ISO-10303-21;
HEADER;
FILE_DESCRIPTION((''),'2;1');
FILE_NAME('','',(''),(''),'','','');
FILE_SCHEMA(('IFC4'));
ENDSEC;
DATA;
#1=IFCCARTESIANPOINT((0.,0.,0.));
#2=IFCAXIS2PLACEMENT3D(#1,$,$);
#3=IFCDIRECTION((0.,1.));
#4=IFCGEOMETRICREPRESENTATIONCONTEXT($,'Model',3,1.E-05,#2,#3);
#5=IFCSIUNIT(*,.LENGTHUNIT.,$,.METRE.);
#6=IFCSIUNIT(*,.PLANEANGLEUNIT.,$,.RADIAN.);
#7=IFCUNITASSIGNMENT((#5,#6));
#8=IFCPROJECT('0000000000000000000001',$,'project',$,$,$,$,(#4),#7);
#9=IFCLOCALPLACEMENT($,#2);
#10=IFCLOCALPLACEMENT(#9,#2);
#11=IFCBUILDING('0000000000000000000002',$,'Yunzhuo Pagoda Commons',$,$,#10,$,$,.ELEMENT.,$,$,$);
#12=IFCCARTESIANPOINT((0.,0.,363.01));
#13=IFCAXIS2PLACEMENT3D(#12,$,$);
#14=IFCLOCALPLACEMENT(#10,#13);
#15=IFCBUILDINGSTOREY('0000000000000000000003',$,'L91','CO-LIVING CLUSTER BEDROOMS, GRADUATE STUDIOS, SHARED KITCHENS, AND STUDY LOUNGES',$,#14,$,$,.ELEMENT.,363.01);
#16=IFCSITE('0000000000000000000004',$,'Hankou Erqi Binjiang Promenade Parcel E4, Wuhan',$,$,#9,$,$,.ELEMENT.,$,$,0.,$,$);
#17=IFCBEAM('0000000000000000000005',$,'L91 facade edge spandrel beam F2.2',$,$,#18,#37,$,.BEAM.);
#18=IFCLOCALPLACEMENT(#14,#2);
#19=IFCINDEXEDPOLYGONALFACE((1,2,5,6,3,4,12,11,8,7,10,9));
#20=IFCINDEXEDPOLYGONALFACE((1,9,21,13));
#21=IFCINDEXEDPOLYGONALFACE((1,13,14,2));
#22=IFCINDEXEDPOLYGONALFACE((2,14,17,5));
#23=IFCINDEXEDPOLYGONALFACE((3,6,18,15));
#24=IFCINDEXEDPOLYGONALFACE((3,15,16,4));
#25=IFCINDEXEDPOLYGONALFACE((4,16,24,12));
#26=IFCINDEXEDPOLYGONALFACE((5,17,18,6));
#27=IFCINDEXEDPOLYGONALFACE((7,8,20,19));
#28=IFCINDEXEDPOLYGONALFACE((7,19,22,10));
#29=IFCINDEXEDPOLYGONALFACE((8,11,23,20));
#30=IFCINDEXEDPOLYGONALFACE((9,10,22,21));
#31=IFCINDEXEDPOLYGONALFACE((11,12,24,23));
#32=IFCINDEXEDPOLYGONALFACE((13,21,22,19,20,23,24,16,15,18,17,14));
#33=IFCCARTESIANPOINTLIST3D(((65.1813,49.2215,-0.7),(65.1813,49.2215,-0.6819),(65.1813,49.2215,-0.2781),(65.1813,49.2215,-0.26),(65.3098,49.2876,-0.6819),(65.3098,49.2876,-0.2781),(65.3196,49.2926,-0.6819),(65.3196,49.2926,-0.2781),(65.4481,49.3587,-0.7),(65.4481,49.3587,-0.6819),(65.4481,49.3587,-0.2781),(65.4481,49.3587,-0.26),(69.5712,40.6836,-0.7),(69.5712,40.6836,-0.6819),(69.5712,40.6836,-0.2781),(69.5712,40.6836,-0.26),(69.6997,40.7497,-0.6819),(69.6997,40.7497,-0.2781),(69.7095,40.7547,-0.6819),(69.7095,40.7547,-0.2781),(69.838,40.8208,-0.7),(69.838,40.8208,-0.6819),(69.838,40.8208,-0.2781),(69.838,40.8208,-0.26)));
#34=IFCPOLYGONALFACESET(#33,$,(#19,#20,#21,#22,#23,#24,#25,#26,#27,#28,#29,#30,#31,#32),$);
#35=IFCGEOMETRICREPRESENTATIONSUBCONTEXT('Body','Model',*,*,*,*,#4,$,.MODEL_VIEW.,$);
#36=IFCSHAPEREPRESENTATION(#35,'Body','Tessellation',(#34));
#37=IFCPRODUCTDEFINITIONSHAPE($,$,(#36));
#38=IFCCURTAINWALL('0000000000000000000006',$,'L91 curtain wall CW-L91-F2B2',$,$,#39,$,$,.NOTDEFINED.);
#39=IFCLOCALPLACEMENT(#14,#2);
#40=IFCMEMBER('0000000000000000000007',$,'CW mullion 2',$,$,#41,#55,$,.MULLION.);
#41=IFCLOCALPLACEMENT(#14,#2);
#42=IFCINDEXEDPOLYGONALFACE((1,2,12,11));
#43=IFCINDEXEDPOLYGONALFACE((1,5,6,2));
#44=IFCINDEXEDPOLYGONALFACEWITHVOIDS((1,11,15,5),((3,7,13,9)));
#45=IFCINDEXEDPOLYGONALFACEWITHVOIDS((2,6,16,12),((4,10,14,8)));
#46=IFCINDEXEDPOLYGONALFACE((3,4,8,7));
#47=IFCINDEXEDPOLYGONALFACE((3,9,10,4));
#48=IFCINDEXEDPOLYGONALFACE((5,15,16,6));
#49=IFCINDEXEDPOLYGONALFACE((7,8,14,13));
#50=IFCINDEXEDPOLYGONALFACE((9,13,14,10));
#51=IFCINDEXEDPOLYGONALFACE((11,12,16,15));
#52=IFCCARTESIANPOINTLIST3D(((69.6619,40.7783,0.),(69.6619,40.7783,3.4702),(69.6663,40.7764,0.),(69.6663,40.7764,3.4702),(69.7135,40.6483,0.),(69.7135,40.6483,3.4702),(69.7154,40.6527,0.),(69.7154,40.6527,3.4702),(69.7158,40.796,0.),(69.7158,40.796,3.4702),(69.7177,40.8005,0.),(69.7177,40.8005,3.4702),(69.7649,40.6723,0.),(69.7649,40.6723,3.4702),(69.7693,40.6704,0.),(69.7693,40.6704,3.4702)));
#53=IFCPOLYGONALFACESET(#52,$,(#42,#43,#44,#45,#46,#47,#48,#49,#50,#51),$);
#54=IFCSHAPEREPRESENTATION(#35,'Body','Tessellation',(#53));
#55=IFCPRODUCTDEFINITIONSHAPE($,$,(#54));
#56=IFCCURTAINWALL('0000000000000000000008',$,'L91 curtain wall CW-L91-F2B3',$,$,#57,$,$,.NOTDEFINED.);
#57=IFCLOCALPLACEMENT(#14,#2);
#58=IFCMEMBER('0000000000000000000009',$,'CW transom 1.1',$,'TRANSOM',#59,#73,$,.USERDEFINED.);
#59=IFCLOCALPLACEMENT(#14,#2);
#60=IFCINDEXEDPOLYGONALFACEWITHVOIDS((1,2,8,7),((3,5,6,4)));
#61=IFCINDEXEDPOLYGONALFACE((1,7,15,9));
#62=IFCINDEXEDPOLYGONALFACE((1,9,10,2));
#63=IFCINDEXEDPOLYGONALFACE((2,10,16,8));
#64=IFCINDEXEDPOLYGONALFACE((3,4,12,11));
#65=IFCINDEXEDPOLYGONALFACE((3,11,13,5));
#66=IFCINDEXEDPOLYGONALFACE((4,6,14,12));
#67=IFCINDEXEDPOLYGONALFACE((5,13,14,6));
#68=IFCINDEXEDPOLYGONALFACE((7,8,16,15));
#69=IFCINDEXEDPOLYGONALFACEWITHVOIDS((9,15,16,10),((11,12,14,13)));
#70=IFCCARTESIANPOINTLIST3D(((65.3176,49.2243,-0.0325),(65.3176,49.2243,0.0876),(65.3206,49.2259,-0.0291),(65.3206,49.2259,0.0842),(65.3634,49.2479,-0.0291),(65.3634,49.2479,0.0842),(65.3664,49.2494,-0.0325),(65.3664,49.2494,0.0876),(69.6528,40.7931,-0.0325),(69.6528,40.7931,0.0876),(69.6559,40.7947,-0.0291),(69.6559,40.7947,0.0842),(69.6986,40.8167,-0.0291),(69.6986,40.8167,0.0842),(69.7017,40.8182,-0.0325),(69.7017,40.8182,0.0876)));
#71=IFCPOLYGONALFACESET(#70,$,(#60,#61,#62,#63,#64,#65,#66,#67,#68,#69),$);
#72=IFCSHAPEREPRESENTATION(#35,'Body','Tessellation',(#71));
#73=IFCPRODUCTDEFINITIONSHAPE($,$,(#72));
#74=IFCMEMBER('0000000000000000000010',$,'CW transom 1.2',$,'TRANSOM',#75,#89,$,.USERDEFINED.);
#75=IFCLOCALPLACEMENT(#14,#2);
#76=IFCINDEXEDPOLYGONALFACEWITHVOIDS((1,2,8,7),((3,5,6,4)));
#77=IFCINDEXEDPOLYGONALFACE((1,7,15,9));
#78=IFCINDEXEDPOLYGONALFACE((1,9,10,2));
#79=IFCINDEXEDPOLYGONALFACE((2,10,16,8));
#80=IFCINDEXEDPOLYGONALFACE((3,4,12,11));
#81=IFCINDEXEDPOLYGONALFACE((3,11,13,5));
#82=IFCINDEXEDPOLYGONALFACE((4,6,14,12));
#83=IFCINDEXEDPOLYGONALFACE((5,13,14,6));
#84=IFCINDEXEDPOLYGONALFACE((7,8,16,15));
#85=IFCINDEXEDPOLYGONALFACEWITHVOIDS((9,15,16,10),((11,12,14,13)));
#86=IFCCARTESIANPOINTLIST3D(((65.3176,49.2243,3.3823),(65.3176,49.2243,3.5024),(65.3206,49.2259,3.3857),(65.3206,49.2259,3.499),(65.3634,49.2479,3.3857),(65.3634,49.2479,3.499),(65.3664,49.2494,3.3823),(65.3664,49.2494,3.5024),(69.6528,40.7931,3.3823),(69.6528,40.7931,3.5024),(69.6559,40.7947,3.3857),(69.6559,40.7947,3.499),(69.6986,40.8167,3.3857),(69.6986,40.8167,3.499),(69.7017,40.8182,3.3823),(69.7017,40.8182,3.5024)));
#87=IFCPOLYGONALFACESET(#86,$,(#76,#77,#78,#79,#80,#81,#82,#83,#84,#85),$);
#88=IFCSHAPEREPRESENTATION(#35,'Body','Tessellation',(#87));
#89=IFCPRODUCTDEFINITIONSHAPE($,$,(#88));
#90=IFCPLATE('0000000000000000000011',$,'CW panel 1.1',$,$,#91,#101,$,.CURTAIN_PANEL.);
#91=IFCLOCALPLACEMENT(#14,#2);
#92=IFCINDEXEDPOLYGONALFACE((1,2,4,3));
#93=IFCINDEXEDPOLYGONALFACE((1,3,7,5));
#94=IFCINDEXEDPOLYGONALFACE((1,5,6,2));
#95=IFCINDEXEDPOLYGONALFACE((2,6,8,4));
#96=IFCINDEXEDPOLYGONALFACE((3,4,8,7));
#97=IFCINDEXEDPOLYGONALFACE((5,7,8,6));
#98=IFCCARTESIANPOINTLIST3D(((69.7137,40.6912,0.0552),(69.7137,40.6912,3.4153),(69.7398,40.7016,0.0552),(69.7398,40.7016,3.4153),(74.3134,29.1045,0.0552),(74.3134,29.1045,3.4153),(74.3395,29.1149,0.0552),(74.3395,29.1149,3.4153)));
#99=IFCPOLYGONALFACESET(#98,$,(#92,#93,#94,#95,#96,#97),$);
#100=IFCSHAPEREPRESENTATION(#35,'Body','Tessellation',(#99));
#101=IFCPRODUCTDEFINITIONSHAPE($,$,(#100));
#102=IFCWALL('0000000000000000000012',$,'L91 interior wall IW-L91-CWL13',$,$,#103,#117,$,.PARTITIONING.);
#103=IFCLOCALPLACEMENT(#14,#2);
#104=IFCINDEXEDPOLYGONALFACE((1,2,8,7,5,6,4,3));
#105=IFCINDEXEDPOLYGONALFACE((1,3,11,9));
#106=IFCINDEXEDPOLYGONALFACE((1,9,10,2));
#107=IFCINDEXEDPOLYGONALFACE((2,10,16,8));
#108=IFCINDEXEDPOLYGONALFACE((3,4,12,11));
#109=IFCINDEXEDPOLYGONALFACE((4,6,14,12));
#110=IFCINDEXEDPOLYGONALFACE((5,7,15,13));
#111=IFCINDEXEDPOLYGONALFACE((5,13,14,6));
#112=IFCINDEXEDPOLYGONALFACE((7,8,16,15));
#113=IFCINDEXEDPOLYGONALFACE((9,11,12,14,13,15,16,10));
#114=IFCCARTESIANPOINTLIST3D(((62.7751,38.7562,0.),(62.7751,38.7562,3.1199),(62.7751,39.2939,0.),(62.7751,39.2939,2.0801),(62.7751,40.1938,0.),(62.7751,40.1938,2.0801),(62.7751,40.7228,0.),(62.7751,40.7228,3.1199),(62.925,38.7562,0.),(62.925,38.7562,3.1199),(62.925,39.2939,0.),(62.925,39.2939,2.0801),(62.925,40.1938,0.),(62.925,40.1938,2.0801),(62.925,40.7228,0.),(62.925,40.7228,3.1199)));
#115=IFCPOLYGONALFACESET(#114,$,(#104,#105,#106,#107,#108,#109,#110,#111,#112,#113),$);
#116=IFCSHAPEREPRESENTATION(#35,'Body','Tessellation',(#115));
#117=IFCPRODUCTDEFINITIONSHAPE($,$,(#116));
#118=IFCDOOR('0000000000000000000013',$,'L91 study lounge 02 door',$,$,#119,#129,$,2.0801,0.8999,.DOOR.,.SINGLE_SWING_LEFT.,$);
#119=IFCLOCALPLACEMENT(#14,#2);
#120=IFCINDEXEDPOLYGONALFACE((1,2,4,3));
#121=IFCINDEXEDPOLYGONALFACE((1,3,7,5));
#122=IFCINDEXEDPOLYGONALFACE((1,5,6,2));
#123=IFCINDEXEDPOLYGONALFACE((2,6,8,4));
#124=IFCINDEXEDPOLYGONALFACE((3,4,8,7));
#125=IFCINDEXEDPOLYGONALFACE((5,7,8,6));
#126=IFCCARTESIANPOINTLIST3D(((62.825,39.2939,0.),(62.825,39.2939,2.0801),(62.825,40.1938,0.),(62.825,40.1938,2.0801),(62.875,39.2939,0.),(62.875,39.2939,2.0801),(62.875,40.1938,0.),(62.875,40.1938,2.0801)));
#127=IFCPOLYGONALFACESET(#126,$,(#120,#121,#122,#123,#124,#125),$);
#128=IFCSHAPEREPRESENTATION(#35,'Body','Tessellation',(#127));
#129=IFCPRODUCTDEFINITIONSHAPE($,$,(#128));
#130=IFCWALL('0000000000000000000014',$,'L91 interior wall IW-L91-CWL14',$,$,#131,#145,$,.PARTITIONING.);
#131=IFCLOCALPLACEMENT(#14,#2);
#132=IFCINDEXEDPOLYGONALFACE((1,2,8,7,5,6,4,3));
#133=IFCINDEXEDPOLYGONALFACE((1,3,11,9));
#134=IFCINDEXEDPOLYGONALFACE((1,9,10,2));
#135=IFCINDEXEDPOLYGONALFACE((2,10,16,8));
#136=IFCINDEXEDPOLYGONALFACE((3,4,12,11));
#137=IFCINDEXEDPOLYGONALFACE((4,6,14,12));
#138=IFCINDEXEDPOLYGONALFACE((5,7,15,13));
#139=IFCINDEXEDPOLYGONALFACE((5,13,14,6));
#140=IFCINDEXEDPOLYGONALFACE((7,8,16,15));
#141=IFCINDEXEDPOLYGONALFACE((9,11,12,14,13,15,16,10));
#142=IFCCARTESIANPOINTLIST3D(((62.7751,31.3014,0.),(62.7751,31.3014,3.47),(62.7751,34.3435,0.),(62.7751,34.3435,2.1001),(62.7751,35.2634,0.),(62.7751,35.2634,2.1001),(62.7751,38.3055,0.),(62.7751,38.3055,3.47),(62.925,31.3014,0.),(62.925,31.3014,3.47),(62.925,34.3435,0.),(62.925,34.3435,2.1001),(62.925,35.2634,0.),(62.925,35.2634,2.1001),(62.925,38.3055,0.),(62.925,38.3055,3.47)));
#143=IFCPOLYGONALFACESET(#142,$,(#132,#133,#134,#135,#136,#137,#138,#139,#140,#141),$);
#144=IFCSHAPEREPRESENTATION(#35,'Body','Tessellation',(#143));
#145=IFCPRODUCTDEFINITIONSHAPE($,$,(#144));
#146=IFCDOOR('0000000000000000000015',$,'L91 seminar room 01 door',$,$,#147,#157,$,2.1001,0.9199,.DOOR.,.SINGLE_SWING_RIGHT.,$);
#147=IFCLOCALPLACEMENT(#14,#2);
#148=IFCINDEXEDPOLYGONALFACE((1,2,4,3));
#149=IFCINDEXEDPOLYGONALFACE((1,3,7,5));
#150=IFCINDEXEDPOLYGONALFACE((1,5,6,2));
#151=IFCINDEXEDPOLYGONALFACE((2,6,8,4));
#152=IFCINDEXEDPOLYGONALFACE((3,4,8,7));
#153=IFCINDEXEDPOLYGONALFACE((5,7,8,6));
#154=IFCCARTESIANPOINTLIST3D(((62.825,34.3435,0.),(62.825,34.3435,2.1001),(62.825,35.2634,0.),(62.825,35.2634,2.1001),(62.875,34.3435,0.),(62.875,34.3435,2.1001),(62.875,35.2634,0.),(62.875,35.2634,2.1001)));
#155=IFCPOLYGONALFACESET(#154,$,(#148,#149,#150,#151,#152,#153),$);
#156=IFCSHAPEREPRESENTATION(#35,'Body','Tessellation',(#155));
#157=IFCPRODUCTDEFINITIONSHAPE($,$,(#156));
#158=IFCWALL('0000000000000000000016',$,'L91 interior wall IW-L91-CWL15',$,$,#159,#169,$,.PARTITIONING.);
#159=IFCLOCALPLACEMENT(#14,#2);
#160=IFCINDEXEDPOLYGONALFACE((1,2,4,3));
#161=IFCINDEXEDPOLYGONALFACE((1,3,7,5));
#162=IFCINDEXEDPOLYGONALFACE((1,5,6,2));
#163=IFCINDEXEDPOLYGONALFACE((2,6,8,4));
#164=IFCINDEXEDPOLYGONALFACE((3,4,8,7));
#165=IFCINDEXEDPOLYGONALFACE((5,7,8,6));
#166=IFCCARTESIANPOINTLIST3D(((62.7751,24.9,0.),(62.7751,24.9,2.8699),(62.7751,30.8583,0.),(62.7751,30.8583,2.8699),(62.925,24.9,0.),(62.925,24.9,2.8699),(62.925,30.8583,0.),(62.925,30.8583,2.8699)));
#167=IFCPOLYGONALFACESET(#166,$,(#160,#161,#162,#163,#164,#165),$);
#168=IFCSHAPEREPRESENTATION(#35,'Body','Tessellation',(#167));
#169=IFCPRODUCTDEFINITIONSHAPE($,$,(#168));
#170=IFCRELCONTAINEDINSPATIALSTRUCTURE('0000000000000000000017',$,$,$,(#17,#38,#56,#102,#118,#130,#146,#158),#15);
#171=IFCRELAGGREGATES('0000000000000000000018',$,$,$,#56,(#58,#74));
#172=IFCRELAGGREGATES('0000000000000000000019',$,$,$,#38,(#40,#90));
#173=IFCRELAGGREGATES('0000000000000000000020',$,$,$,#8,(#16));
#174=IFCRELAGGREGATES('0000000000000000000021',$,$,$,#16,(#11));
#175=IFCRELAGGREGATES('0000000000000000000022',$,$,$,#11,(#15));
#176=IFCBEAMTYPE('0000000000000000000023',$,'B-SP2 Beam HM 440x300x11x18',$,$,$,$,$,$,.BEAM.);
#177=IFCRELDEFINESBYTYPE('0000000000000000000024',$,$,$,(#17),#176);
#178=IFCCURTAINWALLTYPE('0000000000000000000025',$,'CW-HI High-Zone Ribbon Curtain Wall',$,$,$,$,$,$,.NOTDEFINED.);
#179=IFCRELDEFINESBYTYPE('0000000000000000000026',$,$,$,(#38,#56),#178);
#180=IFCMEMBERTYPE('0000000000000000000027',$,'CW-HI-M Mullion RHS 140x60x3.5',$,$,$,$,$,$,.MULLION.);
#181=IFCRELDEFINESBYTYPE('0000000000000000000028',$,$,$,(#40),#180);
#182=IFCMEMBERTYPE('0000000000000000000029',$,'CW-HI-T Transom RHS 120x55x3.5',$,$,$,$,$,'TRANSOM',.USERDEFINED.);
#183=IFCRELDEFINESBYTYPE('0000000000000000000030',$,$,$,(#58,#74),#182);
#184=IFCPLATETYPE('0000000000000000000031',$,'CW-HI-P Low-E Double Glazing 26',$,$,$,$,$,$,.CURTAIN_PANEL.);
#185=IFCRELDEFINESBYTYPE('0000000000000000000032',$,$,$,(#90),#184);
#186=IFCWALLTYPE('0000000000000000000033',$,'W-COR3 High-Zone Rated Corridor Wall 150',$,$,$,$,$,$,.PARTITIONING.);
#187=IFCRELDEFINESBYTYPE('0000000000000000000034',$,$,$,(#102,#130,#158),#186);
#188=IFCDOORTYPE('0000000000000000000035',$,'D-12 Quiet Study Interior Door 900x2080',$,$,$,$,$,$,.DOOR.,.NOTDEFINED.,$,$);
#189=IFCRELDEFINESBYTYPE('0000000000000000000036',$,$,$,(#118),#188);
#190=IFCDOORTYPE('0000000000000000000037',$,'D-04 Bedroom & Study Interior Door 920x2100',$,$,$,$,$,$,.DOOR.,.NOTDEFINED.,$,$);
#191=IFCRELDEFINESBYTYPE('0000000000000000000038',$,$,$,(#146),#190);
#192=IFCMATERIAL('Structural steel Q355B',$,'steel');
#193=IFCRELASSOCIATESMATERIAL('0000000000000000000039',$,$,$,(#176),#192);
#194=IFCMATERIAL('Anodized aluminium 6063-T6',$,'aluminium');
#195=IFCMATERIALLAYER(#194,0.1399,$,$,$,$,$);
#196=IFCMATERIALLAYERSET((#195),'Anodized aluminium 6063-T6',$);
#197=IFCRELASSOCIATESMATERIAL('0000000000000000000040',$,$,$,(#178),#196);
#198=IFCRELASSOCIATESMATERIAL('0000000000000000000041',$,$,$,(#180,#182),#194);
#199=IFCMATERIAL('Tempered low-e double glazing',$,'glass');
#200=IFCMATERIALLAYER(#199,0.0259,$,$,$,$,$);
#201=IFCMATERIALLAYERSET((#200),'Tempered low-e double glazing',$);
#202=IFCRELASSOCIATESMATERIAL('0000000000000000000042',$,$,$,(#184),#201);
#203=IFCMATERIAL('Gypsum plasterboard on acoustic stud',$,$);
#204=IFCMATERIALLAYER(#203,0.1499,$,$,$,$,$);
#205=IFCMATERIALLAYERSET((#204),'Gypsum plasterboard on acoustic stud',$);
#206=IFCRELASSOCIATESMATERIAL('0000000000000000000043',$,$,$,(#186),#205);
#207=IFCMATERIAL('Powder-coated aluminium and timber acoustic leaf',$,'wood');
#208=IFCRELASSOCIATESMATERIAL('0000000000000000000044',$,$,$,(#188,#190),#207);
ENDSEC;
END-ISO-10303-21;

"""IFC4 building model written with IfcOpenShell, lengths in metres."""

from ifc_helpers import new_model, si_unit, direction, frame, frame_2d, origin, origin_with_axes, origin_2d, place, context, subcontext, project, spatial, rectangle, hollow_rectangle, i_section, extrude, source, transform, mapped, material, layer, layer_set, material_profile, profile_set, type_object, element, fill, aggregate, save


model = new_model("IFC4")

# Units and contexts
model_context = context("Model", 3, precision=1e-05, world=origin(), true_north=direction((0.0, 1.0)))
body_context = subcontext(model_context, "Body", "Model", "MODEL_VIEW")
ifc_project = project(units=[si_unit("LENGTHUNIT", "METRE"), si_unit("PLANEANGLEUNIT", "RADIAN")], contexts=[model_context])

# Site, building, storey
site_placement = place(None, origin())
site = spatial("IfcSite", under=ifc_project, at=site_placement, Name="Hankou Erqi Binjiang Promenade Parcel E4, Wuhan", CompositionType="ELEMENT", RefElevation=0.0)
building_placement = place(site_placement, origin())
building = spatial("IfcBuilding", under=site, at=building_placement, Name="Yunzhuo Pagoda Commons", CompositionType="ELEMENT")
storey_placement = place(building_placement, frame((0.0, 0.0, 363.01)))
storey = spatial("IfcBuildingStorey", under=building, at=storey_placement, Name="L91", Description="CO-LIVING CLUSTER BEDROOMS, GRADUATE STUDIOS, SHARED KITCHENS, AND STUDY LOUNGES", CompositionType="ELEMENT", Elevation=363.01)

# Shared definitions
ifc_material_1 = material(Name="Structural steel Q355B", Category="steel")

# Beam
ifc_material_profile_1 = material_profile(ifc_material_1, i_section(OverallWidth=0.3, OverallDepth=0.4399, WebThickness=0.011, FlangeThickness=0.0181, at=origin_2d()), Name="Structural steel Q355B")
ifc_profile_set_1 = profile_set([ifc_material_profile_1], Name="Structural steel Q355B")
beam_type_1 = type_object("IfcBeamType", Name="B-SP2 Beam HM 440x300x11x18", PredefinedType="BEAM", material=ifc_profile_set_1)
shared_shape_1 = source(origin(), body_context, "Body", "SweptSolid", [
    extrude(i_section(OverallWidth=0.3, OverallDepth=0.4399, WebThickness=0.011, FlangeThickness=0.0181, at=origin_2d()), origin(), (0.0, 0.0, 1.0), 9.6003),
])
beam_1_placement = place(storey_placement, frame((69.7046, 40.7522, -0.48), z_axis=(-0.457266, 0.88933, 0.0), x_axis=(-0.88933, -0.457266, 0.0)))
element("IfcBeam", 1, at=beam_1_placement, inside=storey, type_object=beam_type_1, Name="L91 facade edge spandrel beam F2.2", PredefinedType="BEAM", context=body_context, shape_type="MappedRepresentation", body=[
    mapped(shared_shape_1, transform((0.0, 0.0, 0.0), scale=1.0)),
])

# Curtain wall, member
ifc_material_2 = material(Name="Anodized aluminium 6063-T6", Category="aluminium")
ifc_layer_1 = layer(ifc_material_2, 0.1399)
ifc_layer_set_1 = layer_set([ifc_layer_1], Name="Anodized aluminium 6063-T6")
curtain_wall_type = type_object("IfcCurtainWallType", Name="CW-HI High-Zone Ribbon Curtain Wall", PredefinedType="NOTDEFINED", material=ifc_layer_set_1)
curtain_wall_1_placement = place(storey_placement, origin())
curtain_wall_1 = element("IfcCurtainWall", 2, at=curtain_wall_1_placement, inside=storey, type_object=curtain_wall_type, Name="L91 curtain wall CW-L91-F2B2", PredefinedType="NOTDEFINED")
ifc_material_profile_2 = material_profile(ifc_material_2, hollow_rectangle(XDim=0.0601, YDim=0.1399, WallThickness=0.0034, at=origin_2d()), Name="Anodized aluminium 6063-T6")
ifc_profile_set_2 = profile_set([ifc_material_profile_2], Name="Anodized aluminium 6063-T6")
member_type_1 = type_object("IfcMemberType", Name="CW-HI-M Mullion RHS 140x60x3.5", PredefinedType="MULLION", material=ifc_profile_set_2)
shared_shape_2 = source(origin(), body_context, "Body", "SweptSolid", [
    extrude(hollow_rectangle(XDim=0.0601, YDim=0.1399, WallThickness=0.0034, at=origin_2d()), origin(), (0.0, 0.0, 1.0), 3.4702),
])
member_1_placement = place(storey_placement, frame((69.7156, 40.7244, 0.0), z_axis=(0.0, 0.0, 1.0), x_axis=(-0.929441, -0.36897, 0.0)))
member_1 = element("IfcMember", 3, at=member_1_placement, type_object=member_type_1, Name="CW mullion 2", PredefinedType="MULLION", context=body_context, shape_type="MappedRepresentation", body=[
    mapped(shared_shape_2, transform((0.0, 0.0, 0.0), scale=1.0)),
])

# Curtain wall, members
curtain_wall_2_placement = place(storey_placement, origin())
curtain_wall_2 = element("IfcCurtainWall", 4, at=curtain_wall_2_placement, inside=storey, type_object=curtain_wall_type, Name="L91 curtain wall CW-L91-F2B3", PredefinedType="NOTDEFINED")
ifc_material_profile_3 = material_profile(ifc_material_2, hollow_rectangle(XDim=0.0549, YDim=0.1201, WallThickness=0.0034, at=origin_2d()), Name="Anodized aluminium 6063-T6")
ifc_profile_set_3 = profile_set([ifc_material_profile_3], Name="Anodized aluminium 6063-T6")
member_type_2 = type_object("IfcMemberType", Name="CW-HI-T Transom RHS 120x55x3.5", ElementType="TRANSOM", PredefinedType="USERDEFINED", material=ifc_profile_set_3)
shared_shape_3 = source(origin(), body_context, "Body", "SweptSolid", [
    extrude(hollow_rectangle(XDim=0.0549, YDim=0.1201, WallThickness=0.0034, at=origin_2d()), origin(), (0.0, 0.0, 1.0), 9.4805),
])
member_2_placement = place(storey_placement, frame((69.6772, 40.8057, 0.0276), z_axis=(-0.45728, 0.889323, 0.0), x_axis=(-0.889323, -0.45728, 0.0)))
member_2 = element("IfcMember", 5, at=member_2_placement, type_object=member_type_2, Name="CW transom 1.1", ObjectType="TRANSOM", PredefinedType="USERDEFINED", context=body_context, shape_type="MappedRepresentation", body=[
    mapped(shared_shape_3, transform((0.0, 0.0, 0.0), scale=1.0)),
])
member_3_placement = place(storey_placement, frame((69.6772, 40.8057, 3.4424), z_axis=(-0.45728, 0.889323, 0.0), x_axis=(-0.889323, -0.45728, 0.0)))
member_3 = element("IfcMember", 6, at=member_3_placement, type_object=member_type_2, Name="CW transom 1.2", ObjectType="TRANSOM", PredefinedType="USERDEFINED", context=body_context, shape_type="MappedRepresentation", body=[
    mapped(shared_shape_3, transform((0.0, 0.0, 0.0), scale=1.0)),
])
aggregate(curtain_wall_2, [member_2, member_3])

# Plate
ifc_material_3 = material(Name="Tempered low-e double glazing", Category="glass")
ifc_layer_2 = layer(ifc_material_3, 0.0259)
ifc_layer_set_2 = layer_set([ifc_layer_2], Name="Tempered low-e double glazing")
plate_type = type_object("IfcPlateType", Name="CW-HI-P Low-E Double Glazing 26", PredefinedType="CURTAIN_PANEL", material=ifc_layer_set_2)
shared_shape_4 = source(origin(), body_context, "Body", "SweptSolid", [
    extrude(rectangle(XDim=12.4663, YDim=0.0281, at=origin_2d()), origin(), (0.0, 0.0, 1.0), 3.3601),
])
plate_placement = place(storey_placement, frame((72.0266, 34.9031, 0.0552), z_axis=(0.0, 0.0, 1.0), x_axis=(-0.36897, 0.929441, 0.0)))
plate = element("IfcPlate", 7, at=plate_placement, type_object=plate_type, Name="CW panel 1.1", PredefinedType="CURTAIN_PANEL", context=body_context, shape_type="MappedRepresentation", body=[
    mapped(shared_shape_4, transform((0.0, 0.0, 0.0), scale=1.0)),
])
aggregate(curtain_wall_1, [member_1, plate])

# Walls, openings, doors
ifc_material_4 = material(Name="Gypsum plasterboard on acoustic stud")
ifc_layer_3 = layer(ifc_material_4, 0.1499)
ifc_layer_set_3 = layer_set([ifc_layer_3], Name="Gypsum plasterboard on acoustic stud")
wall_type_1 = type_object("IfcWallType", Name="W-COR3 High-Zone Rated Corridor Wall 150", PredefinedType="PARTITIONING", material=ifc_layer_set_3)
wall_1_placement = place(storey_placement, frame((62.8501, 40.7229, 0.0), z_axis=(0.0, 0.0, 1.0), x_axis=(0.0, -1.0, 0.0)))
wall_1 = element("IfcWall", 8, at=wall_1_placement, inside=storey, type_object=wall_type_1, Name="L91 interior wall IW-L91-CWL13", PredefinedType="PARTITIONING", context=body_context, shape_type="SweptSolid", body=[
    extrude(rectangle(XDim=1.9666, YDim=0.1499, at=frame_2d((0.9834, 0.0))), origin(), (0.0, 0.0, 1.0), 3.1199),
])
opening_1_placement = place(wall_1_placement, frame((0.5291, 0.0, 0.0)))
opening_1 = element("IfcOpeningElement", 9, at=opening_1_placement, cuts=wall_1, PredefinedType="OPENING", context=body_context, shape_type="SweptSolid", body=[
    extrude(rectangle(XDim=0.8999, YDim=2.0801, at=frame_2d((0.45, 1.04))), frame((0.0, 0.085, 0.0), z_axis=(0.0, -1.0, 0.0), x_axis=(1.0, 0.0, 0.0)), (0.0, 0.0, 1.0), 0.1699),
])
ifc_material_5 = material(Name="Powder-coated aluminium and timber acoustic leaf", Category="wood")
door_type_1 = type_object("IfcDoorType", Name="D-12 Quiet Study Interior Door 900x2080", OperationType="NOTDEFINED", PredefinedType="DOOR", material=ifc_material_5)
shared_shape_5 = source(origin(), body_context, "Body", "SweptSolid", [
    extrude(rectangle(XDim=0.8999, YDim=2.0801, at=frame_2d((0.45, 1.04))), frame((0.0, 0.0249, 0.0), z_axis=(0.0, -1.0, 0.0), x_axis=(1.0, 0.0, 0.0)), (0.0, 0.0, 1.0), 0.05),
])
door_1_placement = place(opening_1_placement, origin_with_axes())
door_1 = element("IfcDoor", 10, at=door_1_placement, inside=storey, type_object=door_type_1, Name="L91 study lounge 02 door", OperationType="SINGLE_SWING_LEFT", OverallHeight=2.0801, OverallWidth=0.8999, PredefinedType="DOOR", context=body_context, shape_type="MappedRepresentation", body=[
    mapped(shared_shape_5, transform((0.0, 0.0, 0.0), scale=1.0)),
])
fill(opening_1, door_1)
wall_2_placement = place(storey_placement, frame((62.8501, 38.3054, 0.0), z_axis=(0.0, 0.0, 1.0), x_axis=(0.0, -1.0, 0.0)))
wall_2 = element("IfcWall", 11, at=wall_2_placement, inside=storey, type_object=wall_type_1, Name="L91 interior wall IW-L91-CWL14", PredefinedType="PARTITIONING", context=body_context, shape_type="SweptSolid", body=[
    extrude(rectangle(XDim=7.0042, YDim=0.1499, at=frame_2d((3.502, 0.0))), origin(), (0.0, 0.0, 1.0), 3.47),
])
opening_2_placement = place(wall_2_placement, frame((3.042, 0.0, 0.0)))
opening_2 = element("IfcOpeningElement", 12, at=opening_2_placement, cuts=wall_2, PredefinedType="OPENING", context=body_context, shape_type="SweptSolid", body=[
    extrude(rectangle(XDim=0.9199, YDim=2.1001, at=frame_2d((0.46, 1.05))), frame((0.0, 0.085, 0.0), z_axis=(0.0, -1.0, 0.0), x_axis=(1.0, 0.0, 0.0)), (0.0, 0.0, 1.0), 0.1699),
])
door_type_2 = type_object("IfcDoorType", Name="D-04 Bedroom & Study Interior Door 920x2100", OperationType="NOTDEFINED", PredefinedType="DOOR", material=ifc_material_5)
shared_shape_6 = source(origin(), body_context, "Body", "SweptSolid", [
    extrude(rectangle(XDim=0.9199, YDim=2.1001, at=frame_2d((0.46, 1.05))), frame((0.0, 0.0249, 0.0), z_axis=(0.0, -1.0, 0.0), x_axis=(1.0, 0.0, 0.0)), (0.0, 0.0, 1.0), 0.05),
])
door_2_placement = place(opening_2_placement, origin_with_axes())
door_2 = element("IfcDoor", 13, at=door_2_placement, inside=storey, type_object=door_type_2, Name="L91 seminar room 01 door", OperationType="SINGLE_SWING_RIGHT", OverallHeight=2.1001, OverallWidth=0.9199, PredefinedType="DOOR", context=body_context, shape_type="MappedRepresentation", body=[
    mapped(shared_shape_6, transform((0.0, 0.0, 0.0), scale=1.0)),
])
fill(opening_2, door_2)

# Wall
wall_3_placement = place(storey_placement, frame((62.8501, 30.8582, 0.0), z_axis=(0.0, 0.0, 1.0), x_axis=(0.0, -1.0, 0.0)))
element("IfcWall", 14, at=wall_3_placement, inside=storey, type_object=wall_type_1, Name="L91 interior wall IW-L91-CWL15", PredefinedType="PARTITIONING", context=body_context, shape_type="SweptSolid", body=[
    extrude(rectangle(XDim=5.9583, YDim=0.1499, at=frame_2d((2.979, 0.0))), origin(), (0.0, 0.0, 1.0), 2.8699),
])

save(model, "model.ifc")
